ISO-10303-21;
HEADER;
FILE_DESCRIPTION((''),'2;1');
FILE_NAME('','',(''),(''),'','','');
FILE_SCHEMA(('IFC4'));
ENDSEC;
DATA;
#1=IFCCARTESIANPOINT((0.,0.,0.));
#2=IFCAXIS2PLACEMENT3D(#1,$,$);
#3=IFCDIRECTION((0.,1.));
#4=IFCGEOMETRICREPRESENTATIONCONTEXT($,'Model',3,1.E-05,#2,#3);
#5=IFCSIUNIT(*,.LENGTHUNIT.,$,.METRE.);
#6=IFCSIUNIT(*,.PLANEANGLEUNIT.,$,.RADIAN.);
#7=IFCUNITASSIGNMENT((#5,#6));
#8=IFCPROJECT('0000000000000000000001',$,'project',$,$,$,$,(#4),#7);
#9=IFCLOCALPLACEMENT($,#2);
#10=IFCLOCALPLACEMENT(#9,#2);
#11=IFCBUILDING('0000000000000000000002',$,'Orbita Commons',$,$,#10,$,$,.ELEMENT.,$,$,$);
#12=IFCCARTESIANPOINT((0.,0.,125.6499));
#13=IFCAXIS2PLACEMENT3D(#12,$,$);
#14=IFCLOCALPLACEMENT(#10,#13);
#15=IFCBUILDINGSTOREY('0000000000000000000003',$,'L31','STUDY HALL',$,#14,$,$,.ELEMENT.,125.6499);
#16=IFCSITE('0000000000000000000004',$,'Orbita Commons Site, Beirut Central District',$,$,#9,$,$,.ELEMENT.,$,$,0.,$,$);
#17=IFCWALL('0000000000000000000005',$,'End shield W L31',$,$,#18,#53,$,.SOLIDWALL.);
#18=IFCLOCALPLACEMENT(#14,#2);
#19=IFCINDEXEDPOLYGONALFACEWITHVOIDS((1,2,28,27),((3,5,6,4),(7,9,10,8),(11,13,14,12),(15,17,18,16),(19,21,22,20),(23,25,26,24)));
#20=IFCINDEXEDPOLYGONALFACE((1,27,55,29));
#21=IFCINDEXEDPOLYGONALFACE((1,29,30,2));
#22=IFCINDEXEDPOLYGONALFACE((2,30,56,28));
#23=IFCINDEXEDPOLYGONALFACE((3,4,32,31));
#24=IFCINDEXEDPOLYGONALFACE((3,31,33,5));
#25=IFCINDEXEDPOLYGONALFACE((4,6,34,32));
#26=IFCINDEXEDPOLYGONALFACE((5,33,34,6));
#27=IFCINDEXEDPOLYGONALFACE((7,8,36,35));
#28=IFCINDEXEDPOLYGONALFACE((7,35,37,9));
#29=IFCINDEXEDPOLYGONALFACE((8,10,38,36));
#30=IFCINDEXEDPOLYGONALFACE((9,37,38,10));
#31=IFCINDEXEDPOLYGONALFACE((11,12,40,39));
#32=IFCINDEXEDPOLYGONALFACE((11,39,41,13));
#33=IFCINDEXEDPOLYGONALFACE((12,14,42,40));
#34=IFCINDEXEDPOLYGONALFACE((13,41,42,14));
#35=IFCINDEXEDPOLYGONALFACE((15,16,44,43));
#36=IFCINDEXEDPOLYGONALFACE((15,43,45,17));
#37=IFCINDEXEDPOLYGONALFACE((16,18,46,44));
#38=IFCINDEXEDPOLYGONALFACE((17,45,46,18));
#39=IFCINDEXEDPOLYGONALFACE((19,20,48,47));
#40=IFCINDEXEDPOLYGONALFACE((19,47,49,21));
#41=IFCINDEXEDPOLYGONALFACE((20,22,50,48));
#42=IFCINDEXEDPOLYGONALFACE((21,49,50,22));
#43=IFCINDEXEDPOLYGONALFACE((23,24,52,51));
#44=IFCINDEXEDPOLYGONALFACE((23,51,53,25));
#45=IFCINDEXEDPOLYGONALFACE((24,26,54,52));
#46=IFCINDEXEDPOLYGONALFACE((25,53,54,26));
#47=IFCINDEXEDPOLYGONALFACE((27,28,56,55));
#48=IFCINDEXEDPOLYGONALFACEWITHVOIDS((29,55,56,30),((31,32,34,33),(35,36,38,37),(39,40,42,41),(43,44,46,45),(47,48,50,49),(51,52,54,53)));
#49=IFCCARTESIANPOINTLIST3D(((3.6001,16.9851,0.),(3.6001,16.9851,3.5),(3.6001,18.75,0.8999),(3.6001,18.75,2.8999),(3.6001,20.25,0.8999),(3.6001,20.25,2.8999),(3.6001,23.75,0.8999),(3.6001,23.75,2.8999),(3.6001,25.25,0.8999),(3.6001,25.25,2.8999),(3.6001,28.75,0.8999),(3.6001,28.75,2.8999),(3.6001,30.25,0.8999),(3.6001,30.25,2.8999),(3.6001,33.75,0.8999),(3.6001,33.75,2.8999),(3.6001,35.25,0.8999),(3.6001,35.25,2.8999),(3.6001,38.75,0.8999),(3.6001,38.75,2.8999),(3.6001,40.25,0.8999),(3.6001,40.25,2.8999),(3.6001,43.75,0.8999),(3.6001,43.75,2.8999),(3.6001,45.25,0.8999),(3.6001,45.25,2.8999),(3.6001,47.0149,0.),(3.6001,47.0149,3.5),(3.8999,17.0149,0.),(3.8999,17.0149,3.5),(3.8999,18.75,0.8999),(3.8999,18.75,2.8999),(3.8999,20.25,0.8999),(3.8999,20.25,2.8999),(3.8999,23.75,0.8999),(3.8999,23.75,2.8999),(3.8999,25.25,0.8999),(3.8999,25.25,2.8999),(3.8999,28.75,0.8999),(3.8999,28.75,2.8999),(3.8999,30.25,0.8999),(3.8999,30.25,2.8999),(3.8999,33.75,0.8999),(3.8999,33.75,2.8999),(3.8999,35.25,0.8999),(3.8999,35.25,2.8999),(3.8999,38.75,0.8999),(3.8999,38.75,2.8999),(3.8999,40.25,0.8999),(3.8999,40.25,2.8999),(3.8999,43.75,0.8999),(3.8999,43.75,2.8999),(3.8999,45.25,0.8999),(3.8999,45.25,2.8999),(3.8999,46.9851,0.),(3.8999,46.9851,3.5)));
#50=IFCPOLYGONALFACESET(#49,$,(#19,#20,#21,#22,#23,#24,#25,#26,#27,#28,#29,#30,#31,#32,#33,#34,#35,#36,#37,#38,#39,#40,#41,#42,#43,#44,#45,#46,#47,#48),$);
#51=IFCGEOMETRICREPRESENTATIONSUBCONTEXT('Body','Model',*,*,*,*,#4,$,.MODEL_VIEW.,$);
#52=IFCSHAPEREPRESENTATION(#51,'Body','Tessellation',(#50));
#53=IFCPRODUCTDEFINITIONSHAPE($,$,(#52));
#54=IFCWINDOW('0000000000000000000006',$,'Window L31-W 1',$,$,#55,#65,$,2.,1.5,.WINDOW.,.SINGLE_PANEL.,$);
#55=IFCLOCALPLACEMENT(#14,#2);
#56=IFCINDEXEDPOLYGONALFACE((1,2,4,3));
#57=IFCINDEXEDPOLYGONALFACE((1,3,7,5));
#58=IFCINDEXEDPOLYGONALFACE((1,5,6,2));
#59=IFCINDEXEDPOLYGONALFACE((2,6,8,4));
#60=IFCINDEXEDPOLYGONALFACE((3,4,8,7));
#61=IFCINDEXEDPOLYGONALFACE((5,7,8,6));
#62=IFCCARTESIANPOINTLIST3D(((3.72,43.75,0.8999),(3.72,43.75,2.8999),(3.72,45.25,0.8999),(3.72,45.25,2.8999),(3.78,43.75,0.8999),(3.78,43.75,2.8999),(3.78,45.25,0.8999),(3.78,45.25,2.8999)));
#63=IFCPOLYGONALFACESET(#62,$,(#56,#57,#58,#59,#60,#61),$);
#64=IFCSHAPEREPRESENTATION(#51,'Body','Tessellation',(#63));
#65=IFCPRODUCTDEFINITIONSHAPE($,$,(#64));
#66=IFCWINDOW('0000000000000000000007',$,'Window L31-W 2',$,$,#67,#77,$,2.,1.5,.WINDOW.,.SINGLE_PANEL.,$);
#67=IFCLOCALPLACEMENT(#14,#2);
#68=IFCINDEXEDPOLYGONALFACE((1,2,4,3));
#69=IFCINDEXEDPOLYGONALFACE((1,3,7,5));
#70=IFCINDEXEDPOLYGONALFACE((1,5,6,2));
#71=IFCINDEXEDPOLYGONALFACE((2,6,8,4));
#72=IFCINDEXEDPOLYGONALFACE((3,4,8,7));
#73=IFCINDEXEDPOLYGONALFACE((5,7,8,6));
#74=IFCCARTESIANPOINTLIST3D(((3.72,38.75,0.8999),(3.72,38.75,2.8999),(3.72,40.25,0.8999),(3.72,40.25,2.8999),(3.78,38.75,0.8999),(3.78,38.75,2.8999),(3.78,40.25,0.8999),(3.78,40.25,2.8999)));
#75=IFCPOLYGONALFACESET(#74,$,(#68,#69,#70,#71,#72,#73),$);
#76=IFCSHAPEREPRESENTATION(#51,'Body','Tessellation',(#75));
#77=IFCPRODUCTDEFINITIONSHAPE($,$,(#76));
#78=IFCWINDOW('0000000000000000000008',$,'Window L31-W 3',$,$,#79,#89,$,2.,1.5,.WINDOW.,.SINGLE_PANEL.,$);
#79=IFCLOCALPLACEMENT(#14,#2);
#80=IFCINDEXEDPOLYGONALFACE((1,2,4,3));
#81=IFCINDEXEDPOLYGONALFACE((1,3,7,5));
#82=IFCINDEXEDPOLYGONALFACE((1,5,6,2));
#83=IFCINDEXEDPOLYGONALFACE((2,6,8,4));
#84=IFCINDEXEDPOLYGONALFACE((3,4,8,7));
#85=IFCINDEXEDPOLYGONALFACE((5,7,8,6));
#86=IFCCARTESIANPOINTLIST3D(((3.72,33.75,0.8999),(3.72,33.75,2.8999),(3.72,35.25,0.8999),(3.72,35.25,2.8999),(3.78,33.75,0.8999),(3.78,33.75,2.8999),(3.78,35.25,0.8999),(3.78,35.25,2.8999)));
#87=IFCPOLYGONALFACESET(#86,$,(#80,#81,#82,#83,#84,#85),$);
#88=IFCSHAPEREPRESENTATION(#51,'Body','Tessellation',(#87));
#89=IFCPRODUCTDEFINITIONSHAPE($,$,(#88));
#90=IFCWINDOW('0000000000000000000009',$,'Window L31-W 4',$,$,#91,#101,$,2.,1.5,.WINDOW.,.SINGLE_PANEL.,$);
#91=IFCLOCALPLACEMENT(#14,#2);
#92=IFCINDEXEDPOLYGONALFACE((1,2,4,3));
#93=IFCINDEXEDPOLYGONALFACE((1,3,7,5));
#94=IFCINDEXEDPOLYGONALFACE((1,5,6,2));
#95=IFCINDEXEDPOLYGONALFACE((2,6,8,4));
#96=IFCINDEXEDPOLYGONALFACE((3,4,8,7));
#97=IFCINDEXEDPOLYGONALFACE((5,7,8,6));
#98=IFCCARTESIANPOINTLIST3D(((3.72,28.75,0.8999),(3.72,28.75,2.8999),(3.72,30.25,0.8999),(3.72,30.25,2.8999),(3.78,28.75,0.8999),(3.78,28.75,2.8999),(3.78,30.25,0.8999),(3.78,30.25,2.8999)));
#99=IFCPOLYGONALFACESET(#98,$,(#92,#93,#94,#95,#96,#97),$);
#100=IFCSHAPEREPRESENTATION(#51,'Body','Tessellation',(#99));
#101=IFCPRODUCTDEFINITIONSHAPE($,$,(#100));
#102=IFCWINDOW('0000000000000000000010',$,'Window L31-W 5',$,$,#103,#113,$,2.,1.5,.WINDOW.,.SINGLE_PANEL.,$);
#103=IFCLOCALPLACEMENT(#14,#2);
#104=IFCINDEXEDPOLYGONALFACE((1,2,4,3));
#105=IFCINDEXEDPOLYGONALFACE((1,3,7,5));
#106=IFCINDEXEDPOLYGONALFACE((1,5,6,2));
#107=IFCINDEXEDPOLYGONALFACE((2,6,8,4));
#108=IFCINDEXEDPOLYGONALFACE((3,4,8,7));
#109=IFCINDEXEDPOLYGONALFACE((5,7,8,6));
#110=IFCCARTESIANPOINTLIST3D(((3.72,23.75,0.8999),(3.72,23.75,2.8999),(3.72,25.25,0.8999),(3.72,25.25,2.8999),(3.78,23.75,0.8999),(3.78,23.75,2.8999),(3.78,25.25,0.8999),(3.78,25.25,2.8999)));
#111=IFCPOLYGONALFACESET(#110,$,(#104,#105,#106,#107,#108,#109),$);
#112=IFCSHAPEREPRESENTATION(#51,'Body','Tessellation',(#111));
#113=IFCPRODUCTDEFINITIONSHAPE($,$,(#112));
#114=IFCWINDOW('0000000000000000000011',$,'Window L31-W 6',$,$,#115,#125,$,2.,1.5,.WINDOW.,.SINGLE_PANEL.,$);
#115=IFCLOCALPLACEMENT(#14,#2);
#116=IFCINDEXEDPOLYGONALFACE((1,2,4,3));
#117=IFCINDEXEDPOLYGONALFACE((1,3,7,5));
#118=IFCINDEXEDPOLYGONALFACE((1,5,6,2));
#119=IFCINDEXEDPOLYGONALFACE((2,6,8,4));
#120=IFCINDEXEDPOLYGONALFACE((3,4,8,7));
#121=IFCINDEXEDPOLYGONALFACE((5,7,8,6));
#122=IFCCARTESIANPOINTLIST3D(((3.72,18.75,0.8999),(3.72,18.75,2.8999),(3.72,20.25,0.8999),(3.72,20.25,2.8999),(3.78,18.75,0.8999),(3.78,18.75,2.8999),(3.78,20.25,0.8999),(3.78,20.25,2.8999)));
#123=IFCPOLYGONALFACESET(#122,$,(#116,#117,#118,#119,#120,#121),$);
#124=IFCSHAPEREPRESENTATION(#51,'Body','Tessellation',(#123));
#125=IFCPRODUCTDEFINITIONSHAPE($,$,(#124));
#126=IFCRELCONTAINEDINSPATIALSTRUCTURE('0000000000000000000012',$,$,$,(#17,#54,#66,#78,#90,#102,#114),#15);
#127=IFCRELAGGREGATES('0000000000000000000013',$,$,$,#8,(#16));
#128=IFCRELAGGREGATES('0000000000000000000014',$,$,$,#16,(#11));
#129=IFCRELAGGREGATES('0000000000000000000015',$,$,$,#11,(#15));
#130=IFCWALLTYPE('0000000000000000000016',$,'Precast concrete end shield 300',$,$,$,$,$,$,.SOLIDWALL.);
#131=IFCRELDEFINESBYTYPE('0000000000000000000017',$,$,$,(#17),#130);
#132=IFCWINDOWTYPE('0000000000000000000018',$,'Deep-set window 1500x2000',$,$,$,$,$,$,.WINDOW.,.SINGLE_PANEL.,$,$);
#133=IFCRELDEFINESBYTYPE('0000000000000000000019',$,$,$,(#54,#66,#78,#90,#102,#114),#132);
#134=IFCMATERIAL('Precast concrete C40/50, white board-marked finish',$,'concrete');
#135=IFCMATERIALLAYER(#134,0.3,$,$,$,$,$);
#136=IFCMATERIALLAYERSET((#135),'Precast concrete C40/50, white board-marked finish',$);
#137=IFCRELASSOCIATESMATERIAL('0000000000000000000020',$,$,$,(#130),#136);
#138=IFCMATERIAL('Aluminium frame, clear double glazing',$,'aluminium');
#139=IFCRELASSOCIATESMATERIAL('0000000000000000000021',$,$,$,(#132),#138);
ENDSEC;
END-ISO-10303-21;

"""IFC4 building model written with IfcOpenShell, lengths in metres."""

from ifc_helpers import new_model, si_unit, direction, frame, frame_2d, origin, place, context, subcontext, project, spatial, polyline, rectangle, outline, extrude, material, layer, layer_set, type_object, element, fill, save


model = new_model("IFC4")

# Units and contexts
model_context = context("Model", 3, precision=1e-05, world=origin(), true_north=direction((0.0, 1.0)))
body_context = subcontext(model_context, "Body", "Model", "MODEL_VIEW")
ifc_project = project(units=[si_unit("LENGTHUNIT", "METRE"), si_unit("PLANEANGLEUNIT", "RADIAN")], contexts=[model_context])

# Site, building, storey
site_placement = place(None, origin())
site = spatial("IfcSite", under=ifc_project, at=site_placement, Name="Orbita Commons Site, Beirut Central District", CompositionType="ELEMENT", RefElevation=0.0)
building_placement = place(site_placement, origin())
building = spatial("IfcBuilding", under=site, at=building_placement, Name="Orbita Commons", CompositionType="ELEMENT")
storey_placement = place(building_placement, frame((0.0, 0.0, 125.6499)))
storey = spatial("IfcBuildingStorey", under=building, at=storey_placement, Name="L31", Description="STUDY HALL", CompositionType="ELEMENT", Elevation=125.6499)

# Wall, openings, windows
ifc_material_1 = material(Name="Precast concrete C40/50, white board-marked finish", Category="concrete")
ifc_layer_1 = layer(ifc_material_1, 0.3)
ifc_layer_set_1 = layer_set([ifc_layer_1], Name="Precast concrete C40/50, white board-marked finish")
wall_type_1 = type_object("IfcWallType", Name="Precast concrete end shield 300", PredefinedType="SOLIDWALL", material=ifc_layer_set_1)
wall_1_placement = place(storey_placement, frame((3.75, 47.0, 0.0), z_axis=(0.0, 0.0, 1.0), x_axis=(0.0, -1.0, 0.0)))
wall_1 = element("IfcWall", 1, at=wall_1_placement, inside=storey, type_object=wall_type_1, Name="End shield W L31", PredefinedType="SOLIDWALL", context=body_context, shape_type="SweptSolid", body=[
    extrude(outline(polyline([(-0.0149, -0.1499), (30.0149, -0.1499), (29.9851, 0.1499), (0.0149, 0.1499), (-0.0149, -0.1499)])), origin(), (0.0, 0.0, 1.0), 3.5),
])
opening_1_placement = place(wall_1_placement, frame((1.75, 0.0, 0.8999)))
opening_1 = element("IfcOpeningElement", 2, at=opening_1_placement, cuts=wall_1, PredefinedType="OPENING", context=body_context, shape_type="SweptSolid", body=[
    extrude(rectangle(XDim=1.5, YDim=2.0, at=frame_2d((0.75, 1.0))), frame((0.0, 0.1599, 0.0), z_axis=(0.0, -1.0, 0.0), x_axis=(1.0, 0.0, 0.0)), (0.0, 0.0, 1.0), 0.3201),
])
opening_2_placement = place(wall_1_placement, frame((6.75, 0.0, 0.8999)))
opening_2 = element("IfcOpeningElement", 3, at=opening_2_placement, cuts=wall_1, PredefinedType="OPENING", context=body_context, shape_type="SweptSolid", body=[
    extrude(rectangle(XDim=1.5, YDim=2.0, at=frame_2d((0.75, 1.0))), frame((0.0, 0.1599, 0.0), z_axis=(0.0, -1.0, 0.0), x_axis=(1.0, 0.0, 0.0)), (0.0, 0.0, 1.0), 0.3201),
])
opening_3_placement = place(wall_1_placement, frame((11.75, 0.0, 0.8999)))
opening_3 = element("IfcOpeningElement", 4, at=opening_3_placement, cuts=wall_1, PredefinedType="OPENING", context=body_context, shape_type="SweptSolid", body=[
    extrude(rectangle(XDim=1.5, YDim=2.0, at=frame_2d((0.75, 1.0))), frame((0.0, 0.1599, 0.0), z_axis=(0.0, -1.0, 0.0), x_axis=(1.0, 0.0, 0.0)), (0.0, 0.0, 1.0), 0.3201),
])
opening_4_placement = place(wall_1_placement, frame((16.75, 0.0, 0.8999)))
opening_4 = element("IfcOpeningElement", 5, at=opening_4_placement, cuts=wall_1, PredefinedType="OPENING", context=body_context, shape_type="SweptSolid", body=[
    extrude(rectangle(XDim=1.5, YDim=2.0, at=frame_2d((0.75, 1.0))), frame((0.0, 0.1599, 0.0), z_axis=(0.0, -1.0, 0.0), x_axis=(1.0, 0.0, 0.0)), (0.0, 0.0, 1.0), 0.3201),
])
opening_5_placement = place(wall_1_placement, frame((21.75, 0.0, 0.8999)))
opening_5 = element("IfcOpeningElement", 6, at=opening_5_placement, cuts=wall_1, PredefinedType="OPENING", context=body_context, shape_type="SweptSolid", body=[
    extrude(rectangle(XDim=1.5, YDim=2.0, at=frame_2d((0.75, 1.0))), frame((0.0, 0.1599, 0.0), z_axis=(0.0, -1.0, 0.0), x_axis=(1.0, 0.0, 0.0)), (0.0, 0.0, 1.0), 0.3201),
])
opening_6_placement = place(wall_1_placement, frame((26.75, 0.0, 0.8999)))
opening_6 = element("IfcOpeningElement", 7, at=opening_6_placement, cuts=wall_1, PredefinedType="OPENING", context=body_context, shape_type="SweptSolid", body=[
    extrude(rectangle(XDim=1.5, YDim=2.0, at=frame_2d((0.75, 1.0))), frame((0.0, 0.1599, 0.0), z_axis=(0.0, -1.0, 0.0), x_axis=(1.0, 0.0, 0.0)), (0.0, 0.0, 1.0), 0.3201),
])
ifc_material_2 = material(Name="Aluminium frame, clear double glazing", Category="aluminium")
window_type = type_object("IfcWindowType", Name="Deep-set window 1500x2000", PartitioningType="SINGLE_PANEL", PredefinedType="WINDOW", material=ifc_material_2)
window_1_placement = place(opening_1_placement, origin())
window_1 = element("IfcWindow", 8, at=window_1_placement, inside=storey, type_object=window_type, Name="Window L31-W 1", OverallHeight=2.0, OverallWidth=1.5, PartitioningType="SINGLE_PANEL", PredefinedType="WINDOW", context=body_context, shape_type="SweptSolid", body=[
    extrude(rectangle(XDim=1.5, YDim=2.0, at=frame_2d((0.75, 1.0))), frame((0.0, 0.03, 0.0), z_axis=(0.0, -1.0, 0.0), x_axis=(1.0, 0.0, 0.0)), (0.0, 0.0, 1.0), 0.0601),
])
fill(opening_1, window_1)
window_2_placement = place(opening_2_placement, origin())
window_2 = element("IfcWindow", 9, at=window_2_placement, inside=storey, type_object=window_type, Name="Window L31-W 2", OverallHeight=2.0, OverallWidth=1.5, PartitioningType="SINGLE_PANEL", PredefinedType="WINDOW", context=body_context, shape_type="SweptSolid", body=[
    extrude(rectangle(XDim=1.5, YDim=2.0, at=frame_2d((0.75, 1.0))), frame((0.0, 0.03, 0.0), z_axis=(0.0, -1.0, 0.0), x_axis=(1.0, 0.0, 0.0)), (0.0, 0.0, 1.0), 0.0601),
])
fill(opening_2, window_2)
window_3_placement = place(opening_3_placement, origin())
window_3 = element("IfcWindow", 10, at=window_3_placement, inside=storey, type_object=window_type, Name="Window L31-W 3", OverallHeight=2.0, OverallWidth=1.5, PartitioningType="SINGLE_PANEL", PredefinedType="WINDOW", context=body_context, shape_type="SweptSolid", body=[
    extrude(rectangle(XDim=1.5, YDim=2.0, at=frame_2d((0.75, 1.0))), frame((0.0, 0.03, 0.0), z_axis=(0.0, -1.0, 0.0), x_axis=(1.0, 0.0, 0.0)), (0.0, 0.0, 1.0), 0.0601),
])
fill(opening_3, window_3)
window_4_placement = place(opening_4_placement, origin())
window_4 = element("IfcWindow", 11, at=window_4_placement, inside=storey, type_object=window_type, Name="Window L31-W 4", OverallHeight=2.0, OverallWidth=1.5, PartitioningType="SINGLE_PANEL", PredefinedType="WINDOW", context=body_context, shape_type="SweptSolid", body=[
    extrude(rectangle(XDim=1.5, YDim=2.0, at=frame_2d((0.75, 1.0))), frame((0.0, 0.03, 0.0), z_axis=(0.0, -1.0, 0.0), x_axis=(1.0, 0.0, 0.0)), (0.0, 0.0, 1.0), 0.0601),
])
fill(opening_4, window_4)
window_5_placement = place(opening_5_placement, origin())
window_5 = element("IfcWindow", 12, at=window_5_placement, inside=storey, type_object=window_type, Name="Window L31-W 5", OverallHeight=2.0, OverallWidth=1.5, PartitioningType="SINGLE_PANEL", PredefinedType="WINDOW", context=body_context, shape_type="SweptSolid", body=[
    extrude(rectangle(XDim=1.5, YDim=2.0, at=frame_2d((0.75, 1.0))), frame((0.0, 0.03, 0.0), z_axis=(0.0, -1.0, 0.0), x_axis=(1.0, 0.0, 0.0)), (0.0, 0.0, 1.0), 0.0601),
])
fill(opening_5, window_5)
window_6_placement = place(opening_6_placement, origin())
window_6 = element("IfcWindow", 13, at=window_6_placement, inside=storey, type_object=window_type, Name="Window L31-W 6", OverallHeight=2.0, OverallWidth=1.5, PartitioningType="SINGLE_PANEL", PredefinedType="WINDOW", context=body_context, shape_type="SweptSolid", body=[
    extrude(rectangle(XDim=1.5, YDim=2.0, at=frame_2d((0.75, 1.0))), frame((0.0, 0.03, 0.0), z_axis=(0.0, -1.0, 0.0), x_axis=(1.0, 0.0, 0.0)), (0.0, 0.0, 1.0), 0.0601),
])
fill(opening_6, window_6)

save(model, "model.ifc")
